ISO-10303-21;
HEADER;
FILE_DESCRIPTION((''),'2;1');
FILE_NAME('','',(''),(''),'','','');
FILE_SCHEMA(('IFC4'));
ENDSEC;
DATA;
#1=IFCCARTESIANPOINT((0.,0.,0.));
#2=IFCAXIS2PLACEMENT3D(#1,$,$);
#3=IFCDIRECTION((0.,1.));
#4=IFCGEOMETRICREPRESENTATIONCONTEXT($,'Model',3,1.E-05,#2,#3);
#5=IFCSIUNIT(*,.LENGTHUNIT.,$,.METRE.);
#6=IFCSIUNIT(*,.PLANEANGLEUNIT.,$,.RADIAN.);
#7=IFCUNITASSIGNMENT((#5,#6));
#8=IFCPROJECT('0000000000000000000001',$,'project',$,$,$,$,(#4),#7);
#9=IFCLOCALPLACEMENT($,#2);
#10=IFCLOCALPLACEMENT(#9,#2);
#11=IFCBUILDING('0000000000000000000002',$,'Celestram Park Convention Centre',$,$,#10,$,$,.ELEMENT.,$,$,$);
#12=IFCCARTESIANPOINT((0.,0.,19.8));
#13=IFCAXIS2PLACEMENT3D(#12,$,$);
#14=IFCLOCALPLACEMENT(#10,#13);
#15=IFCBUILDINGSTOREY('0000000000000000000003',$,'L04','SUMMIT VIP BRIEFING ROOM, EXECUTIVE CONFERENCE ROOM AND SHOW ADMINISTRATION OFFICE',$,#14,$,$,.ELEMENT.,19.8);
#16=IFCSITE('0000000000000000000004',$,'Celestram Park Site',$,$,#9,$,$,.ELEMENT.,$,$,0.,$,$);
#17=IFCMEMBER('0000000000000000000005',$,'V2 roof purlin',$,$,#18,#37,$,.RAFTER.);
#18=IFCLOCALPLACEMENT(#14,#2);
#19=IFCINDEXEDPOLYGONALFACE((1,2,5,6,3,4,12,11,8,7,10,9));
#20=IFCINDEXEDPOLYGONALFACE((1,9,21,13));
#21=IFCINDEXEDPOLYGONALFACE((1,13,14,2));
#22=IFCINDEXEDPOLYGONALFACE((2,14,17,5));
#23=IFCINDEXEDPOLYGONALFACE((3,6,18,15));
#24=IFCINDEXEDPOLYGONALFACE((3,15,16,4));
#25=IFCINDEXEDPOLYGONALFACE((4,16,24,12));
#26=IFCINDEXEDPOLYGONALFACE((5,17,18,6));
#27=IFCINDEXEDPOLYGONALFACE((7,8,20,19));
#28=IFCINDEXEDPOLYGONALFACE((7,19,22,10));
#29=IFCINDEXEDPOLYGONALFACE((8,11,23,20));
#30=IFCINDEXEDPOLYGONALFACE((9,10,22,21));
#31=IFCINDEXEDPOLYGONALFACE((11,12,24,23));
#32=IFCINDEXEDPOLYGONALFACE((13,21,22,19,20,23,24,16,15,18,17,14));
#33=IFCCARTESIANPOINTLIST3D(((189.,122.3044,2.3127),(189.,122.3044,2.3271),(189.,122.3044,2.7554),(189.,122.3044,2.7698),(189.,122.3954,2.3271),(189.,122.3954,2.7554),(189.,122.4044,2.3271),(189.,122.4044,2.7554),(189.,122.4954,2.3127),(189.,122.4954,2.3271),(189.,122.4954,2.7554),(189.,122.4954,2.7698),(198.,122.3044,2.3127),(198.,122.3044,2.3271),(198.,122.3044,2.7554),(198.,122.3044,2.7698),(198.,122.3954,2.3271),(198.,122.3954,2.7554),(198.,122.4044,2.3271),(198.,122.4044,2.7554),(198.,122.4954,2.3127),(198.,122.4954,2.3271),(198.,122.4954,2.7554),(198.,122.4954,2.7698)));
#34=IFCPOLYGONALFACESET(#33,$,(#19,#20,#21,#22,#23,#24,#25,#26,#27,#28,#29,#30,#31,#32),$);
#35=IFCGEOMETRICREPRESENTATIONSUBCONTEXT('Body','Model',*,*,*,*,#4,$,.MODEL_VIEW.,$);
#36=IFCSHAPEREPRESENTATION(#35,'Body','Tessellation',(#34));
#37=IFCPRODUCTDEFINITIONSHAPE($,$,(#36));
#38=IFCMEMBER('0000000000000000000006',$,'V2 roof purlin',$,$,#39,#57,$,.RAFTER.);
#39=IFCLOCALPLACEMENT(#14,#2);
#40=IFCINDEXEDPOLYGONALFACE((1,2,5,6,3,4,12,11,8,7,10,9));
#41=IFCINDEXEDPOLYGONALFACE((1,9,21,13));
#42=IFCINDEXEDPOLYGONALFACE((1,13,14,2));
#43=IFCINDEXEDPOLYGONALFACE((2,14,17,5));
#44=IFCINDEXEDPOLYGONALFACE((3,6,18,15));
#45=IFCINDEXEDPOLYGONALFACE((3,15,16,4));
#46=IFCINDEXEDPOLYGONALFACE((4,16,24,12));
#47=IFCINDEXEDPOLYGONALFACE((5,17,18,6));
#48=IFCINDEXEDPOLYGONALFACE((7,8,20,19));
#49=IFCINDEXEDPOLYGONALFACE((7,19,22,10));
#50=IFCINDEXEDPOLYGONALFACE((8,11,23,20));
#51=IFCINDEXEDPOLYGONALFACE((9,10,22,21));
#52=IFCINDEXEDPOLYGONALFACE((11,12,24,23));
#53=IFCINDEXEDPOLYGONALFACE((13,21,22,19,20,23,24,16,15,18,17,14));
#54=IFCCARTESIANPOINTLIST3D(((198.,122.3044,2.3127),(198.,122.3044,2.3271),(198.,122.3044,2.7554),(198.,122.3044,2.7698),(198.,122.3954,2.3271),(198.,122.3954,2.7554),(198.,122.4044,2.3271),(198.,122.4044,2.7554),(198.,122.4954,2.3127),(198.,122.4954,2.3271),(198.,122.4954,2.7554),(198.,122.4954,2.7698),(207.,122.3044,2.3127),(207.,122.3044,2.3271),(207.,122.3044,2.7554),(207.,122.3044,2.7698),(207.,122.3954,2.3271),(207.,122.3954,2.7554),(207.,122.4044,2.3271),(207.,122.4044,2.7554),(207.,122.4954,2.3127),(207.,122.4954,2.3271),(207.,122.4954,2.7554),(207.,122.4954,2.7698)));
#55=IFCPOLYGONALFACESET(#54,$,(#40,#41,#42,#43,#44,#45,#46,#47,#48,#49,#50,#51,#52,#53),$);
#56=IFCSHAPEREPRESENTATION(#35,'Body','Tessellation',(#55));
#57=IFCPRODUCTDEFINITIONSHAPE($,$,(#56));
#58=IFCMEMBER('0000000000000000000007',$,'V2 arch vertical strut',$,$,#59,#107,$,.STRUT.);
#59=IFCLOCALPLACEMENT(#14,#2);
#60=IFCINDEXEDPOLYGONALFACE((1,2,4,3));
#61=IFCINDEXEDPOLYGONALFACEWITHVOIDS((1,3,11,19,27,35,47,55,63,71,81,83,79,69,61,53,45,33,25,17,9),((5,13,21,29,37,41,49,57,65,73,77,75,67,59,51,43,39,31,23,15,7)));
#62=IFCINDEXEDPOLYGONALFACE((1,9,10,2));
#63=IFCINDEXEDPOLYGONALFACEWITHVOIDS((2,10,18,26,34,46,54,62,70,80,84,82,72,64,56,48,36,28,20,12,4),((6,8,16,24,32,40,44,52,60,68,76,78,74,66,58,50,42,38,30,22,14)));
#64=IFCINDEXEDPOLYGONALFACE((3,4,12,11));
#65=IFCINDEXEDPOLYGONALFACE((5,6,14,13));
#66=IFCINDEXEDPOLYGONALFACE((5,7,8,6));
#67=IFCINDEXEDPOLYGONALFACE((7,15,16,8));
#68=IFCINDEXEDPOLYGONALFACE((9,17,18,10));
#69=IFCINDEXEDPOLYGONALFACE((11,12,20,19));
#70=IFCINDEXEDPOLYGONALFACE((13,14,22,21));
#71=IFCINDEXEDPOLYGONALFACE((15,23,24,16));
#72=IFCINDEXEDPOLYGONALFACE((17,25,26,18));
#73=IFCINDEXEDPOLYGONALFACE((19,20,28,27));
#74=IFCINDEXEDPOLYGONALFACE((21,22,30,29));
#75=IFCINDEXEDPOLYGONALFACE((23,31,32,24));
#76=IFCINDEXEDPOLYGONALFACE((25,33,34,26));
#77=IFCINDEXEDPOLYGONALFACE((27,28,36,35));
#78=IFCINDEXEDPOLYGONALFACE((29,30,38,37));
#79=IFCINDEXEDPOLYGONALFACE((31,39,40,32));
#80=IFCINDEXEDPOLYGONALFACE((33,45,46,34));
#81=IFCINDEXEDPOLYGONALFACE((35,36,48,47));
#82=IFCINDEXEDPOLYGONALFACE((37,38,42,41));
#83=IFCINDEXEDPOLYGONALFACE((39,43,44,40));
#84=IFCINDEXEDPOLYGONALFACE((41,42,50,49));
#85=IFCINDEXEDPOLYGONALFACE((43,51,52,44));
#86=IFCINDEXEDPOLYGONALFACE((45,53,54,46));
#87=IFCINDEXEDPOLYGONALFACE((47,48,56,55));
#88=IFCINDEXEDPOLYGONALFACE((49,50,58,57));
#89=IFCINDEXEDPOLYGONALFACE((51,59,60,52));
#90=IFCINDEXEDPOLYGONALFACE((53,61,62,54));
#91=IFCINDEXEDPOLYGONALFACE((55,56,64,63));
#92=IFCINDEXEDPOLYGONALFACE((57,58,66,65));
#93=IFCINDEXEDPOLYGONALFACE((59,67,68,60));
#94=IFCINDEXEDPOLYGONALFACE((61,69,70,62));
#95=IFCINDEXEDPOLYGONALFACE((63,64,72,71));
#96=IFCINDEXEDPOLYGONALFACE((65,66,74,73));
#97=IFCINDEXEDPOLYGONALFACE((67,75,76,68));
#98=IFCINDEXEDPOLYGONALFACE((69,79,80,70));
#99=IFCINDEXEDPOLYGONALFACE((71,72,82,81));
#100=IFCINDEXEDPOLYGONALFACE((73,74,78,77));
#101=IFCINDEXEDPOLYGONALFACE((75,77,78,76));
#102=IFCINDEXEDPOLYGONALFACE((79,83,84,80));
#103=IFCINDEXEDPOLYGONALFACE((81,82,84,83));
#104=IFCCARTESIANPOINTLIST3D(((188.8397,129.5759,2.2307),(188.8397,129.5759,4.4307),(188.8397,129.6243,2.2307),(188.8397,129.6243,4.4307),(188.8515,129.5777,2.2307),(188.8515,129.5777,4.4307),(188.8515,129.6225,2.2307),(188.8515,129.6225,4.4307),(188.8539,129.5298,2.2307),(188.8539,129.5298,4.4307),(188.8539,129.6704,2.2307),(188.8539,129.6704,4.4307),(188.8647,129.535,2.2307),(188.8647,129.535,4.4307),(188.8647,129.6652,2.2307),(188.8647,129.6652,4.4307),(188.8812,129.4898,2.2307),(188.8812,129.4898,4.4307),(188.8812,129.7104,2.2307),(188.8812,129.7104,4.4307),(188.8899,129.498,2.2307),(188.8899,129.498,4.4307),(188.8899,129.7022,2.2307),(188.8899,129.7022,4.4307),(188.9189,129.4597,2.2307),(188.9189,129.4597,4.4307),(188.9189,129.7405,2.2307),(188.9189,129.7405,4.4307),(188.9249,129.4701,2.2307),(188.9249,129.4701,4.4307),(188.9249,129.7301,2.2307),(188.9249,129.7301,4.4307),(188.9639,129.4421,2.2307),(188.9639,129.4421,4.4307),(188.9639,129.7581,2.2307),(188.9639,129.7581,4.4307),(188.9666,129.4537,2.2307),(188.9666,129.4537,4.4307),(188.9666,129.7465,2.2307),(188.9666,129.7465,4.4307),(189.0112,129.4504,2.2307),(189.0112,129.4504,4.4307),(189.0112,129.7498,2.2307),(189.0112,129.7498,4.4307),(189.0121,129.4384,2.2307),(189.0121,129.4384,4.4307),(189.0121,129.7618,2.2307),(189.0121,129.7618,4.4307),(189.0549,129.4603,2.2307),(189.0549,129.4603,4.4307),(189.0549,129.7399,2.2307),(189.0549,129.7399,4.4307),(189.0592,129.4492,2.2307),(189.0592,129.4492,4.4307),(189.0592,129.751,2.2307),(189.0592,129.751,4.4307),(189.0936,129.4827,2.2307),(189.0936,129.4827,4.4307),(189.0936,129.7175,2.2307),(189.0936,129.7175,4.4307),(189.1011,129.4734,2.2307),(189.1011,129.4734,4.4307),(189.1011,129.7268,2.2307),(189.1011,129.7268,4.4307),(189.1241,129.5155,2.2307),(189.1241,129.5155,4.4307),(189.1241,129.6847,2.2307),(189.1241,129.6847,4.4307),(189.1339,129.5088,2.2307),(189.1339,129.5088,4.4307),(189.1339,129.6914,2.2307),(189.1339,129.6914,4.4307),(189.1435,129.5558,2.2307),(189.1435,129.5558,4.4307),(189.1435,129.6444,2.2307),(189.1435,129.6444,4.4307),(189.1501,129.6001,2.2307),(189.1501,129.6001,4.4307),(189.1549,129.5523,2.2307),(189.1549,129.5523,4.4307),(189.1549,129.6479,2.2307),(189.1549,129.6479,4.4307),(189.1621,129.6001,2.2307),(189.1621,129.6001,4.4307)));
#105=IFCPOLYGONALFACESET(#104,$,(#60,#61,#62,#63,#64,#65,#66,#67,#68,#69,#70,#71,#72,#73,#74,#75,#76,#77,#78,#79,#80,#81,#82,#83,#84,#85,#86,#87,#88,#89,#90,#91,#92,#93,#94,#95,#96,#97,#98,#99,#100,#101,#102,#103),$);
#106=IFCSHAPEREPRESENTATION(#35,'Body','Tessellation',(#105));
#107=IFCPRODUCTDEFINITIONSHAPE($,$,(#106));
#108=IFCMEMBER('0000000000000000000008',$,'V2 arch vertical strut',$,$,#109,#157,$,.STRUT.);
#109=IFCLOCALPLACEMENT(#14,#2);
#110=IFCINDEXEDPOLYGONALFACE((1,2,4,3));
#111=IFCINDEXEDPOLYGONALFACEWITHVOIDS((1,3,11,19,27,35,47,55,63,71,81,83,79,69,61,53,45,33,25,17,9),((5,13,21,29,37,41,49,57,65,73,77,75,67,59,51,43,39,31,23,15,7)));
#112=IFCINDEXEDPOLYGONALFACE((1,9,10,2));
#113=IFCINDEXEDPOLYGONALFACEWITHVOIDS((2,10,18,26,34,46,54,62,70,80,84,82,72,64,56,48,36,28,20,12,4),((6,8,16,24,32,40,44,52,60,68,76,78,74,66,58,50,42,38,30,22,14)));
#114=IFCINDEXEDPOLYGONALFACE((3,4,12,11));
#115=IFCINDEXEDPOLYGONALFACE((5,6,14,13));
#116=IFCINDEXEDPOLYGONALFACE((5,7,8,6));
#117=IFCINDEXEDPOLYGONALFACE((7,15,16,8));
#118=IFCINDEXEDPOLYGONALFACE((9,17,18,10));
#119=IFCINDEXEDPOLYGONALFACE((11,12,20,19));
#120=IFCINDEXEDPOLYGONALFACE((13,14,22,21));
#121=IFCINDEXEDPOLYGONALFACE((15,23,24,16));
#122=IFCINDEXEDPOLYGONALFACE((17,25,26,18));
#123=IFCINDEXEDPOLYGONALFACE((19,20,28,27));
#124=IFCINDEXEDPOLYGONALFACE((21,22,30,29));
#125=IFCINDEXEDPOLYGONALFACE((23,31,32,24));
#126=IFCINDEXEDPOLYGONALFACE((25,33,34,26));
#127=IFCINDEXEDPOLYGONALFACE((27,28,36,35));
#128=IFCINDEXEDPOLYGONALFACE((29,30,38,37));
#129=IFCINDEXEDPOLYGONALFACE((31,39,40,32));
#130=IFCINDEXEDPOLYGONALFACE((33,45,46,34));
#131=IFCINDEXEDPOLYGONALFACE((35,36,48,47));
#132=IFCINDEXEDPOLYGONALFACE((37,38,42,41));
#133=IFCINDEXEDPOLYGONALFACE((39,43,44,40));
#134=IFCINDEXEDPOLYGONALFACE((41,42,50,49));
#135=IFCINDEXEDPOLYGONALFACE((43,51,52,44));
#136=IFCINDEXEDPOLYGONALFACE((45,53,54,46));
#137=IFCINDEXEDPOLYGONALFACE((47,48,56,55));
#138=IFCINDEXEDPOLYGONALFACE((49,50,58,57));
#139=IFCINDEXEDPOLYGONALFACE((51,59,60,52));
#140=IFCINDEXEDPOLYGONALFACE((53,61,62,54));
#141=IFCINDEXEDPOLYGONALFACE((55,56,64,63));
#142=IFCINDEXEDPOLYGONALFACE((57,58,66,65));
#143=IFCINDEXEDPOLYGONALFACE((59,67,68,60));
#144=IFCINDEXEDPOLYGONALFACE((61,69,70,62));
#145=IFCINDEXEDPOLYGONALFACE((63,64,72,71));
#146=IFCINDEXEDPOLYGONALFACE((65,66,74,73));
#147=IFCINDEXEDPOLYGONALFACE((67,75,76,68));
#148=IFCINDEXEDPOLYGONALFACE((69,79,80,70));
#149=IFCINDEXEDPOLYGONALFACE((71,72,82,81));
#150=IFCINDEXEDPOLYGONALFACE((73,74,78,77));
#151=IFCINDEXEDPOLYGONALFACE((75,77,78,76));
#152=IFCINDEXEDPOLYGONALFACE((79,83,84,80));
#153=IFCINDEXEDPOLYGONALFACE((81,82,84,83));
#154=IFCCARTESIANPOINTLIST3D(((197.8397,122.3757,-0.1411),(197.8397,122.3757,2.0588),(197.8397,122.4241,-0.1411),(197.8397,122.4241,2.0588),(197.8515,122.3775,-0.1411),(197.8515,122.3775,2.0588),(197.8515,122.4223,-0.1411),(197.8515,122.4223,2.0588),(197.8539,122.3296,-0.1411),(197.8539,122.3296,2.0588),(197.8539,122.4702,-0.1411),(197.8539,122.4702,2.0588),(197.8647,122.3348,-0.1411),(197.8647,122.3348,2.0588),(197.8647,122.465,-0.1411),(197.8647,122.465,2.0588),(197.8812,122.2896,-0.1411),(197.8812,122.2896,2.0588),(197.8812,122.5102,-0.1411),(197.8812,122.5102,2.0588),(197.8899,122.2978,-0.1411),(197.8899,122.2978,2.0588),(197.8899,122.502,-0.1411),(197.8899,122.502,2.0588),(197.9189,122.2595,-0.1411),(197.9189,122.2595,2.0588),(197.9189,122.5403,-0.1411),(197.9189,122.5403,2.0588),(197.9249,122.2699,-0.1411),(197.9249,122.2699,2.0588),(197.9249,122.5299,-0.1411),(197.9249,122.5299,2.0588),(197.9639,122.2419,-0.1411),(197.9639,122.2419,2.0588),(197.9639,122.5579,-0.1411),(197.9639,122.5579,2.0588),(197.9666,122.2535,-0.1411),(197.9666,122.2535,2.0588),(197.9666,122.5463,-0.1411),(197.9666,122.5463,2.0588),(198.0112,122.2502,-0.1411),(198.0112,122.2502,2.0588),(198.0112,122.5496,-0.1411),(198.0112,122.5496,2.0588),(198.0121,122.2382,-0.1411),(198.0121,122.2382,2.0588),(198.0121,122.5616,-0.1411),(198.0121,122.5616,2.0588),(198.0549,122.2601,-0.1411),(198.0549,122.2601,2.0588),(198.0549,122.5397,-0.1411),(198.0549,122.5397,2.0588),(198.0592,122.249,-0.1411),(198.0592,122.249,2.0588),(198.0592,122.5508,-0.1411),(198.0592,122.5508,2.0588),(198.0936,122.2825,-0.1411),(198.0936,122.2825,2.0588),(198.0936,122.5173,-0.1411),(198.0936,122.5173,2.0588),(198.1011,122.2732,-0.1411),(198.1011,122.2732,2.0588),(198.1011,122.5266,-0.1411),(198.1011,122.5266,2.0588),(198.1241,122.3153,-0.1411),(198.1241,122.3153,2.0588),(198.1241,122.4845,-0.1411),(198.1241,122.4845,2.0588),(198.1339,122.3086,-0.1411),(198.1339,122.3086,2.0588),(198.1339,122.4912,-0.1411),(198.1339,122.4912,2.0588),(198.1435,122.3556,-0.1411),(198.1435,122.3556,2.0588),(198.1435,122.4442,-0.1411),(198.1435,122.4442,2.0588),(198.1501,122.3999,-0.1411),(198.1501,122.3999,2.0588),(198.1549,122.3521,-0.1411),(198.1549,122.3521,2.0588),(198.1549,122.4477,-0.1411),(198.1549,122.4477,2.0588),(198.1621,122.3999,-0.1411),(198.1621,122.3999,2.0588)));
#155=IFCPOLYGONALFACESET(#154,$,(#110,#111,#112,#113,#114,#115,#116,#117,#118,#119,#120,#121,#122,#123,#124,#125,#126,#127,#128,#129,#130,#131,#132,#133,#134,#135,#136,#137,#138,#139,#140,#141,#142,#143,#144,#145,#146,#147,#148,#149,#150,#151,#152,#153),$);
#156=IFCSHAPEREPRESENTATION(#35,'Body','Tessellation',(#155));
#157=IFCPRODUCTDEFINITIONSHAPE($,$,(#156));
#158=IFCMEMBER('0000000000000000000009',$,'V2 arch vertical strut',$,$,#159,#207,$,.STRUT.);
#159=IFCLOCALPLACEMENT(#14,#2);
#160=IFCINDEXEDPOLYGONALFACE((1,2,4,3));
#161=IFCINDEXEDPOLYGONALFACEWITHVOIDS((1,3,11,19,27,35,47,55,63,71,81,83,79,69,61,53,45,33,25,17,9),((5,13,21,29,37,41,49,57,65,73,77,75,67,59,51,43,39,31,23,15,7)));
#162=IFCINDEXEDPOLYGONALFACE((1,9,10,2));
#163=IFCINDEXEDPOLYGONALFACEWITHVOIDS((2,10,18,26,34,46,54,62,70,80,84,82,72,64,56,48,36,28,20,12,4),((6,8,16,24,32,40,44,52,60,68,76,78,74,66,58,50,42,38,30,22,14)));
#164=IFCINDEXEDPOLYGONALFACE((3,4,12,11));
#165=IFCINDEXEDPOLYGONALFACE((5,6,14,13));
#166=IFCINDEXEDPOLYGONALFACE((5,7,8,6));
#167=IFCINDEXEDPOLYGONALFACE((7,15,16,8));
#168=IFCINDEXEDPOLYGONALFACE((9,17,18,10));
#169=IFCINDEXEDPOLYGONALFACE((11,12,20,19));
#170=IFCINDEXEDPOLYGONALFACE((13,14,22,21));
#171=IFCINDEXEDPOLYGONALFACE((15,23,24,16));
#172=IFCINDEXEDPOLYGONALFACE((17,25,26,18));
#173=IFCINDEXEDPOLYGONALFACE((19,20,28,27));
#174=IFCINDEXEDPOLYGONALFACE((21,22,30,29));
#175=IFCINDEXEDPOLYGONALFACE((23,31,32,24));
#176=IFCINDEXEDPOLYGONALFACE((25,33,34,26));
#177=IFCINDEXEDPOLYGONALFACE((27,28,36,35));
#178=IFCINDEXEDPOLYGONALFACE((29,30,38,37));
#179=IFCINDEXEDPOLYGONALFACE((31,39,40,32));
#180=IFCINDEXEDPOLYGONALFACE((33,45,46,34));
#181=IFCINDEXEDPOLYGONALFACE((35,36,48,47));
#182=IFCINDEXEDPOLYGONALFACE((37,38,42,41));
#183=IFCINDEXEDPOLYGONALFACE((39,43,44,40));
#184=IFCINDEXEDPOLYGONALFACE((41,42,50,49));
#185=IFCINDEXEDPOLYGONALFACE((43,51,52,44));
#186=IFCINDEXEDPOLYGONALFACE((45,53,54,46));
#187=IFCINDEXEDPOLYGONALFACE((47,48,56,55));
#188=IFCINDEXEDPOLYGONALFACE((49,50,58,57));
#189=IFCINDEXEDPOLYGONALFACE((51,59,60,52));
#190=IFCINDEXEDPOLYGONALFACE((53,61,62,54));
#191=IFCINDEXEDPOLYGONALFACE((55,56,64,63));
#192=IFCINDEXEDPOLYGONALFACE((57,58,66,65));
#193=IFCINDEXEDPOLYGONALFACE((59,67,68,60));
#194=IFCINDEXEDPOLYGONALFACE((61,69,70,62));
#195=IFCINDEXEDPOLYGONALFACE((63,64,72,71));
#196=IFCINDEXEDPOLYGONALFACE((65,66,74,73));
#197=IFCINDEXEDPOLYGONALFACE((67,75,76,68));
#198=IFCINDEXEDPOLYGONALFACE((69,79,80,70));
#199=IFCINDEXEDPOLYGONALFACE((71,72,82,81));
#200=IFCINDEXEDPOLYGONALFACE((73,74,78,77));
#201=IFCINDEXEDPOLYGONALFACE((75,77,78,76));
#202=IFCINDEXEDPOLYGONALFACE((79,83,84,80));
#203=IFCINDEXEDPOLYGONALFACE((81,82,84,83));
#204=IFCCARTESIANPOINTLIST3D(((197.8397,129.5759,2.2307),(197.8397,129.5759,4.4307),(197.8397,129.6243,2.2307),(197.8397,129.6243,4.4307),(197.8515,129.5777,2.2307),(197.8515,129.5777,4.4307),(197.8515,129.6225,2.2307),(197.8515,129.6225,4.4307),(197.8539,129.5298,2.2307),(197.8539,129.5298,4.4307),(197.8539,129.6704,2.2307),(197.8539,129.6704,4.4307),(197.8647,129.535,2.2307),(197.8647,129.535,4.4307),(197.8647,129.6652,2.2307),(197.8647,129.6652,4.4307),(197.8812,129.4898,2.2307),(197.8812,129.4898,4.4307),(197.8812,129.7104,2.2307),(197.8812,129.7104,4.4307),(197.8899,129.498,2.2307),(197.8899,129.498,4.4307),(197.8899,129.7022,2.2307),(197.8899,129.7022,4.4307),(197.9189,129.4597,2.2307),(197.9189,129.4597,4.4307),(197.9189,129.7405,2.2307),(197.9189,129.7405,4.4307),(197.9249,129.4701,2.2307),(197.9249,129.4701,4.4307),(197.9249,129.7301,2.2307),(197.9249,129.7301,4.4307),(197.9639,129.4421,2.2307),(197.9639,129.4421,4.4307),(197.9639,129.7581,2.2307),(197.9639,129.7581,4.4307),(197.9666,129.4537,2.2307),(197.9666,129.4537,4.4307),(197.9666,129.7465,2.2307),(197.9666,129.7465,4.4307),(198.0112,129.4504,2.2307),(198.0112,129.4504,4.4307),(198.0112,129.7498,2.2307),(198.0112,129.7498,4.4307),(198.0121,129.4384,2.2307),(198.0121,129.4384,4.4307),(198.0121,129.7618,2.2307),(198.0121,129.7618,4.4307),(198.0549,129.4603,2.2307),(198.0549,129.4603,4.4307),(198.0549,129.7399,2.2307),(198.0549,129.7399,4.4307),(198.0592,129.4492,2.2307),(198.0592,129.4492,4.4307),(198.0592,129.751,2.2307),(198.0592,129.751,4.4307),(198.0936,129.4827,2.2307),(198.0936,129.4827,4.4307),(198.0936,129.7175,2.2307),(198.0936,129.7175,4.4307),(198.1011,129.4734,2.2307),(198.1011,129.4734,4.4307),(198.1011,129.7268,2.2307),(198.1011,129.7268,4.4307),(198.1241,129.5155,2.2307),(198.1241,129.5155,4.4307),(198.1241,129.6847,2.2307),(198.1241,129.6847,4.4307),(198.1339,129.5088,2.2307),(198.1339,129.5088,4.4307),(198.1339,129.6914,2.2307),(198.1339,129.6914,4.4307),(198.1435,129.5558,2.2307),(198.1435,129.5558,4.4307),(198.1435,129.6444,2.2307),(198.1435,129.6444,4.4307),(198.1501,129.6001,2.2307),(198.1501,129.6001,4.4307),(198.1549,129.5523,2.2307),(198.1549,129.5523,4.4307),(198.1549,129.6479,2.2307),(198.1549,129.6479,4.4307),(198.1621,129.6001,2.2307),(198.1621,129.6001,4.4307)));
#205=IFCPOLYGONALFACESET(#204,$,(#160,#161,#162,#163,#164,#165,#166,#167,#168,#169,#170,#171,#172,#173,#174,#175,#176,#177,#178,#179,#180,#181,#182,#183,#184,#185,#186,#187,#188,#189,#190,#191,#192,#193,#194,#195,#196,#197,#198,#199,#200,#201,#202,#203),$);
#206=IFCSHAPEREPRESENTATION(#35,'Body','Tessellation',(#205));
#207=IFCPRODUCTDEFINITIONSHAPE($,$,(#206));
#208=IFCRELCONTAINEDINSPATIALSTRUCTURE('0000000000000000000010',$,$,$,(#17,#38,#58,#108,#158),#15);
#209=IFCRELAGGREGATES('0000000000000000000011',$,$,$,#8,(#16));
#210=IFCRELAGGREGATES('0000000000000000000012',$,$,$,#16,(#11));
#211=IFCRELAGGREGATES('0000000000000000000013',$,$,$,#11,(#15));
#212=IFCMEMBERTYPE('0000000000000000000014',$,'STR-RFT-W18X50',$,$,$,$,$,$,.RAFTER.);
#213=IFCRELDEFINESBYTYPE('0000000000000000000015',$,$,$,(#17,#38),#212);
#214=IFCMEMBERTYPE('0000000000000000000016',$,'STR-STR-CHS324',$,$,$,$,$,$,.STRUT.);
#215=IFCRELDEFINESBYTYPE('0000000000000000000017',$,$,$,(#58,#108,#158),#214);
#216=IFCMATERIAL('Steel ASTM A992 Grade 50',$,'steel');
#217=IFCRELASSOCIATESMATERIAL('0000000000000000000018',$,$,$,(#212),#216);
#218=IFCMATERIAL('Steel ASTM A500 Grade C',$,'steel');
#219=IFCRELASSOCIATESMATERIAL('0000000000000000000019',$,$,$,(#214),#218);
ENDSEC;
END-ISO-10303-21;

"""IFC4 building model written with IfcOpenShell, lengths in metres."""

from ifc_helpers import new_model, si_unit, direction, frame, origin, origin_2d, place, context, subcontext, project, spatial, hollow_circle, i_section, extrude, material, material_profile, profile_set, type_object, element, save


model = new_model("IFC4")

# Units and contexts
model_context = context("Model", 3, precision=1e-05, world=origin(), true_north=direction((0.0, 1.0)))
body_context = subcontext(model_context, "Body", "Model", "MODEL_VIEW")
ifc_project = project(units=[si_unit("LENGTHUNIT", "METRE"), si_unit("PLANEANGLEUNIT", "RADIAN")], contexts=[model_context])

# Site, building, storey
site_placement = place(None, origin())
site = spatial("IfcSite", under=ifc_project, at=site_placement, Name="Celestram Park Site", CompositionType="ELEMENT", RefElevation=0.0)
building_placement = place(site_placement, origin())
building = spatial("IfcBuilding", under=site, at=building_placement, Name="Celestram Park Convention Centre", CompositionType="ELEMENT")
storey_placement = place(building_placement, frame((0.0, 0.0, 19.8)))
storey = spatial("IfcBuildingStorey", under=building, at=storey_placement, Name="L04", Description="SUMMIT VIP BRIEFING ROOM, EXECUTIVE CONFERENCE ROOM AND SHOW ADMINISTRATION OFFICE", CompositionType="ELEMENT", Elevation=19.8)

# Members
ifc_material_1 = material(Name="Steel ASTM A500 Grade C", Category="steel")
ifc_material_2 = material(Name="Steel ASTM A992 Grade 50", Category="steel")
ifc_material_profile_1 = material_profile(ifc_material_2, i_section(OverallWidth=0.1909, OverallDepth=0.457, WebThickness=0.009, FlangeThickness=0.0144, at=origin_2d()), Name="W18X50")
ifc_profile_set_1 = profile_set([ifc_material_profile_1], Name="Steel ASTM A992 Grade 50")
member_type_1 = type_object("IfcMemberType", Name="STR-RFT-W18X50", PredefinedType="RAFTER", material=ifc_profile_set_1)
for number, where, z_axis, x_axis, name in (
    (1, (189.0, 122.3999, 2.5413), (1.0, 0.0, 0.0), (0.0, 1.0, 0.0), "V2 roof purlin"),
    (2, (198.0, 122.3999, 2.5413), (1.0, 0.0, 0.0), (0.0, 1.0, 0.0), "V2 roof purlin"),
):
    element("IfcMember", number, at=place(storey_placement, frame(where, z_axis=z_axis, x_axis=x_axis)), inside=storey, type_object=member_type_1, Name=name, PredefinedType="RAFTER", context=body_context, shape_type="SweptSolid", body=[
        extrude(i_section(OverallWidth=0.1909, OverallDepth=0.457, WebThickness=0.009, FlangeThickness=0.0144, at=origin_2d()), origin(), (0.0, 0.0, 1.0), 9.0),
    ])
ifc_material_profile_2 = material_profile(ifc_material_1, hollow_circle(Radius=0.1621, WallThickness=0.012, at=origin_2d()), Name="CHS324X12")
ifc_profile_set_2 = profile_set([ifc_material_profile_2], Name="Steel ASTM A500 Grade C")
member_type_2 = type_object("IfcMemberType", Name="STR-STR-CHS324", PredefinedType="STRUT", material=ifc_profile_set_2)
for number, where, z_axis, x_axis, name in (
    (3, (189.0, 129.6001, 2.2307), (0.0, 0.0, 1.0), (1.0, 0.0, 0.0), "V2 arch vertical strut"),
    (4, (198.0, 122.3999, -0.1411), (0.0, 0.0, 1.0), (1.0, 0.0, 0.0), "V2 arch vertical strut"),
    (5, (198.0, 129.6001, 2.2307), (0.0, 0.0, 1.0), (1.0, 0.0, 0.0), "V2 arch vertical strut"),
):
    element("IfcMember", number, at=place(storey_placement, frame(where, z_axis=z_axis, x_axis=x_axis)), inside=storey, type_object=member_type_2, Name=name, PredefinedType="STRUT", context=body_context, shape_type="SweptSolid", body=[
        extrude(hollow_circle(Radius=0.1621, WallThickness=0.012, at=origin_2d()), origin(), (0.0, 0.0, 1.0), 2.2),
    ])

save(model, "model.ifc")
